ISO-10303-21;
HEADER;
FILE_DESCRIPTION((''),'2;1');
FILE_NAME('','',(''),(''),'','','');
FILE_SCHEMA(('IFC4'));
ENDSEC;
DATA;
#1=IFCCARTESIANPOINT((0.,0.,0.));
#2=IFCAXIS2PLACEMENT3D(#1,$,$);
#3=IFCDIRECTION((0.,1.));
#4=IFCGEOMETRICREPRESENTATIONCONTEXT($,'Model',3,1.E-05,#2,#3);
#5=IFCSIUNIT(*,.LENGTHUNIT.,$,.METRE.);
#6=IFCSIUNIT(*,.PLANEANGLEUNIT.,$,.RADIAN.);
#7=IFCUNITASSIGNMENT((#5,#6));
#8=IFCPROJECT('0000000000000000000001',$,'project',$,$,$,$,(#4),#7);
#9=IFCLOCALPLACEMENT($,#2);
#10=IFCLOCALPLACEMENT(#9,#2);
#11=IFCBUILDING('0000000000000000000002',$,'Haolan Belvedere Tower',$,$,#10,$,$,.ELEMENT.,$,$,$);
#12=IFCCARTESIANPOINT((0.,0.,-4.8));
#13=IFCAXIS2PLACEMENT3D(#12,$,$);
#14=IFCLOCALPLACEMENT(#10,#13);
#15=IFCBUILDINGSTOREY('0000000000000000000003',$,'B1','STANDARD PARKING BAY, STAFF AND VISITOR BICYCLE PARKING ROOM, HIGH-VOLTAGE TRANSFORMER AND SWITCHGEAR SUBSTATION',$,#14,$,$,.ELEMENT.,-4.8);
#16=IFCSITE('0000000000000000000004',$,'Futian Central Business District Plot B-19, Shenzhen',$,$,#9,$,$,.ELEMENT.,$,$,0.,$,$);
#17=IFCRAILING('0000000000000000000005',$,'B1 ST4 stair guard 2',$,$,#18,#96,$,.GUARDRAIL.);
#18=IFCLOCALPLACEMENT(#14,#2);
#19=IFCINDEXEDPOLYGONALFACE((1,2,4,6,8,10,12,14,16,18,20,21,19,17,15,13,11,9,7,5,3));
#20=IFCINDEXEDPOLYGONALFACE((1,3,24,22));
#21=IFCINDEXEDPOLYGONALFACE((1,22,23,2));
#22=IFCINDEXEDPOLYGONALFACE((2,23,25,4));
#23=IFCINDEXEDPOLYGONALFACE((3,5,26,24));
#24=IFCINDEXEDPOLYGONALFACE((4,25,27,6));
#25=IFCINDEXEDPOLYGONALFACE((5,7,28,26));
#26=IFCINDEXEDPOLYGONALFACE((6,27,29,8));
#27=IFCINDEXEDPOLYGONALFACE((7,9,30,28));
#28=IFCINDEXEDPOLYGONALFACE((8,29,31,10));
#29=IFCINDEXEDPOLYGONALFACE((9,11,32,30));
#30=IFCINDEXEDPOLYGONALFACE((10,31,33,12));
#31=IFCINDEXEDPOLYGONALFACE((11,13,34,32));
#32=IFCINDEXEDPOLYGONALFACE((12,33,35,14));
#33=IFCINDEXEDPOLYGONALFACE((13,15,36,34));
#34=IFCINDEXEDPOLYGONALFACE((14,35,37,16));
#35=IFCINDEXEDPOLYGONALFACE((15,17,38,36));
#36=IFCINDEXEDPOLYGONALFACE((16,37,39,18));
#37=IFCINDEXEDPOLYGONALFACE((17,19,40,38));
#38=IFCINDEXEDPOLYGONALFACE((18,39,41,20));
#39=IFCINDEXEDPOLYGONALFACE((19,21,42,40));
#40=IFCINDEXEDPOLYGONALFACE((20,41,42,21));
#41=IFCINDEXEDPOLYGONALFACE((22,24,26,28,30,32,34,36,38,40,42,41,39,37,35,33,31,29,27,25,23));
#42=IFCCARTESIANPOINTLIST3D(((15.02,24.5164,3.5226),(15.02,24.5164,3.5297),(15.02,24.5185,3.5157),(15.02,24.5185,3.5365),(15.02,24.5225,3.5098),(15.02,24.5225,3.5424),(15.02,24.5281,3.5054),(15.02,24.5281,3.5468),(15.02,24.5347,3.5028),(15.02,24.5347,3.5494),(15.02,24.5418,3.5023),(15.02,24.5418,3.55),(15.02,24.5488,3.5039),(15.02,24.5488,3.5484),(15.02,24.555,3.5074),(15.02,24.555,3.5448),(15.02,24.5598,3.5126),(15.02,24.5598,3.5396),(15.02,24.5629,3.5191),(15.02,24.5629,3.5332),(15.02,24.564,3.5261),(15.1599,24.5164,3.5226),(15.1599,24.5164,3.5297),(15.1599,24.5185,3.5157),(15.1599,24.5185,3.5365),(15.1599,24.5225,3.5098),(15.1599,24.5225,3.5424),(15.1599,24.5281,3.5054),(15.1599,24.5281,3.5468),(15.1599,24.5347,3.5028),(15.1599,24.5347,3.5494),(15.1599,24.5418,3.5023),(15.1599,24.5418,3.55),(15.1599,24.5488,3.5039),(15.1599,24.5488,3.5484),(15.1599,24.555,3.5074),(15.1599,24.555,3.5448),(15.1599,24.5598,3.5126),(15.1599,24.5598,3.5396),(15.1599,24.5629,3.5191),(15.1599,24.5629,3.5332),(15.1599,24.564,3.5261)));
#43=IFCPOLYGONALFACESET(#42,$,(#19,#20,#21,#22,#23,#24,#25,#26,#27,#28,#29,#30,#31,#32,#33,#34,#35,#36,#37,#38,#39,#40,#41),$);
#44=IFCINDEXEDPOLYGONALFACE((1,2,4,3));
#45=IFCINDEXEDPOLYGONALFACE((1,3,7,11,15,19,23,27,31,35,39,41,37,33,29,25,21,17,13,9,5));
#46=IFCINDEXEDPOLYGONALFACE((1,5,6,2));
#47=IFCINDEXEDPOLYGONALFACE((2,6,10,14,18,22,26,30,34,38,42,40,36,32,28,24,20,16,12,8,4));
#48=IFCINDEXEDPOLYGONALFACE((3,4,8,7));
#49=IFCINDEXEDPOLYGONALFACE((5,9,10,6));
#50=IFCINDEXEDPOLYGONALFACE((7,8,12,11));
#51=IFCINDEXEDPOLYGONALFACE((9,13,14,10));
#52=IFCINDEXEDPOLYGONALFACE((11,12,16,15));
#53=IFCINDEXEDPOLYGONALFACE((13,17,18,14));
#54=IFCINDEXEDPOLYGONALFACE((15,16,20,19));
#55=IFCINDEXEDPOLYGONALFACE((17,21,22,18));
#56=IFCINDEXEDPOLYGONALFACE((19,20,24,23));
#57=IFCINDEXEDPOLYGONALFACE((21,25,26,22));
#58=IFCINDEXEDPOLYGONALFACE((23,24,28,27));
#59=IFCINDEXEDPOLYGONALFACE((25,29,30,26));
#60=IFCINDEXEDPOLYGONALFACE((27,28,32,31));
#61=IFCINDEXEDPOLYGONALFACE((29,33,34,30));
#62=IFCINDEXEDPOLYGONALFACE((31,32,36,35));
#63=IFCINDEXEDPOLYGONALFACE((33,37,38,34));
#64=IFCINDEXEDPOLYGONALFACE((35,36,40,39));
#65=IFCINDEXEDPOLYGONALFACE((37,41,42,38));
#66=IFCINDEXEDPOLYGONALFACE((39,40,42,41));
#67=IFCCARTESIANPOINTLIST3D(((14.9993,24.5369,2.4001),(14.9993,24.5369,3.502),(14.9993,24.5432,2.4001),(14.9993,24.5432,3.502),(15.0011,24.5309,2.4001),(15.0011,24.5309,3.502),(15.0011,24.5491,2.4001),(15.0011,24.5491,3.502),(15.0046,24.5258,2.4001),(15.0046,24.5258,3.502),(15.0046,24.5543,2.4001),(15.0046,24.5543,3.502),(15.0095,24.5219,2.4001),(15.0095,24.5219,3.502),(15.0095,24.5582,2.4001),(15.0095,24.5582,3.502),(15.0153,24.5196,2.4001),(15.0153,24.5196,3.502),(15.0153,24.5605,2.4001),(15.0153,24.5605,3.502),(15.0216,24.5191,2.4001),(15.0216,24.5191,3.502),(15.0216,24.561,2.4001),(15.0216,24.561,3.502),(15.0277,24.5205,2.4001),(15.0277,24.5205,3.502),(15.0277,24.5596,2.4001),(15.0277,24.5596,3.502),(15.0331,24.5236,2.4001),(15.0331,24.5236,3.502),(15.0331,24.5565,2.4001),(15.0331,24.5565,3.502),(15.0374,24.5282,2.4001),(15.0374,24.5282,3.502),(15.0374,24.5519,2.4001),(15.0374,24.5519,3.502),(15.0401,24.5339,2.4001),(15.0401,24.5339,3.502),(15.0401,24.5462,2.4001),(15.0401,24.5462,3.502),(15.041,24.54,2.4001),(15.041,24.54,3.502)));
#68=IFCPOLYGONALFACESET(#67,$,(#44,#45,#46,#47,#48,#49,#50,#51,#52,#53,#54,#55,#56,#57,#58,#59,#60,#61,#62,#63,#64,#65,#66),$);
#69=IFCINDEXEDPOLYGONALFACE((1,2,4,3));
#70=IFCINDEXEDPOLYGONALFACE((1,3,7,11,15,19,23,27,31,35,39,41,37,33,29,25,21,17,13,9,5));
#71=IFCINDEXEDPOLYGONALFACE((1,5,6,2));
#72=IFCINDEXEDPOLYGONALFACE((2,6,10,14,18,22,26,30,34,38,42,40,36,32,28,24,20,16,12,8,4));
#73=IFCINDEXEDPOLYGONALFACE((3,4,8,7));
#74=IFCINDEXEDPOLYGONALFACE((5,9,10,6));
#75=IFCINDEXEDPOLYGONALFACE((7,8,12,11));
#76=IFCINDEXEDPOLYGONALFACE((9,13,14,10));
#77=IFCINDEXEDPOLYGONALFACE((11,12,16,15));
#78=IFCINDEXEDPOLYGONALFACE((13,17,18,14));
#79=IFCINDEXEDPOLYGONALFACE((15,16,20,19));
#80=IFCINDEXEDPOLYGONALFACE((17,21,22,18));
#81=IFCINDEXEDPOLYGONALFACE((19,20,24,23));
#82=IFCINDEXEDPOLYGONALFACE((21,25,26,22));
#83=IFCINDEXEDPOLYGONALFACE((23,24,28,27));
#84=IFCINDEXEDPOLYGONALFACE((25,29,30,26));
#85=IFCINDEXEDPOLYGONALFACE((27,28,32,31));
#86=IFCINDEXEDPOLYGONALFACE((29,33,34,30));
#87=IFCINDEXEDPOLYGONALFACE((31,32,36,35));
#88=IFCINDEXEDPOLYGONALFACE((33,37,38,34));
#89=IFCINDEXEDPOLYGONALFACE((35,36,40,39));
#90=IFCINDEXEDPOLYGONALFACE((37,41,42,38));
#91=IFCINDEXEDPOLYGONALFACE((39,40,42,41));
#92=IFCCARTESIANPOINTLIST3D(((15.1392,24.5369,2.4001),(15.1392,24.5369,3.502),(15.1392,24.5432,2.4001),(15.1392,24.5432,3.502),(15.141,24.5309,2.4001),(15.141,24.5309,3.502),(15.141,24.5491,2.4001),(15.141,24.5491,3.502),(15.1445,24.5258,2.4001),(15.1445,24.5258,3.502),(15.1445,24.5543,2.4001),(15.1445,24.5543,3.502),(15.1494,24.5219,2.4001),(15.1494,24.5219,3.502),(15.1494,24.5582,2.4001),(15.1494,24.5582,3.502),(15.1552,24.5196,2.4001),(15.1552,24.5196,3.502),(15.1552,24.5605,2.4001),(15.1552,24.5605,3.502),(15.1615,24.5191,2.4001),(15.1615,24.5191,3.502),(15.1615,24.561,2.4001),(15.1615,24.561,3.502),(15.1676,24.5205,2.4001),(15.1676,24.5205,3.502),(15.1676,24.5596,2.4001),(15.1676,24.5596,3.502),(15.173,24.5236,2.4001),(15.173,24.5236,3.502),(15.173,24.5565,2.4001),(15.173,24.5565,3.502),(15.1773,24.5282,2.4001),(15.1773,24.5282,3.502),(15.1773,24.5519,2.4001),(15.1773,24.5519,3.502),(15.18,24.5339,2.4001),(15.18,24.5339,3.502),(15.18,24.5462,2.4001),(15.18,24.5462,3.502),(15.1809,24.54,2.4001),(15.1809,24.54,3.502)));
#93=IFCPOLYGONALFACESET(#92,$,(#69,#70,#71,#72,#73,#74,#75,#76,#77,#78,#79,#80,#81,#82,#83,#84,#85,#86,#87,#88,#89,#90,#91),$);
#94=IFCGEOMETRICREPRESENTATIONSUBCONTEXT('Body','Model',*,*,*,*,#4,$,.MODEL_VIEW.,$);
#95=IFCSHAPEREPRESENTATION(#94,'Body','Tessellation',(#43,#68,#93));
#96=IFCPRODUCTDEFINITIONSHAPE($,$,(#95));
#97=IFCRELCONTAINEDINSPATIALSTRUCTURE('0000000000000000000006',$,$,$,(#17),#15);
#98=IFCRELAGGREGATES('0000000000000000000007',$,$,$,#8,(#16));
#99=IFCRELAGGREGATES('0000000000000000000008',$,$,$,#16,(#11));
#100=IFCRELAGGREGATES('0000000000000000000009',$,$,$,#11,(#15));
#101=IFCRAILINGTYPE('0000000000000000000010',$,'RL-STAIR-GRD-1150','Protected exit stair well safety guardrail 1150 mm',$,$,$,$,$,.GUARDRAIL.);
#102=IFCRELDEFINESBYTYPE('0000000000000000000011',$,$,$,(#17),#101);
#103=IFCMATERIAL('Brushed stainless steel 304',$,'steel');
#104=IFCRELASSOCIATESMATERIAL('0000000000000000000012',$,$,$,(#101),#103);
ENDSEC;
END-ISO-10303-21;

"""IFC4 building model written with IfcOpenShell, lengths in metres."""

from ifc_helpers import new_model, si_unit, direction, frame, origin, origin_2d, place, context, subcontext, project, spatial, circle, extrude, material, type_object, element, save


model = new_model("IFC4")

# Units and contexts
model_context = context("Model", 3, precision=1e-05, world=origin(), true_north=direction((0.0, 1.0)))
body_context = subcontext(model_context, "Body", "Model", "MODEL_VIEW")
ifc_project = project(units=[si_unit("LENGTHUNIT", "METRE"), si_unit("PLANEANGLEUNIT", "RADIAN")], contexts=[model_context])

# Site, building, storey
site_placement = place(None, origin())
site = spatial("IfcSite", under=ifc_project, at=site_placement, Name="Futian Central Business District Plot B-19, Shenzhen", CompositionType="ELEMENT", RefElevation=0.0)
building_placement = place(site_placement, origin())
building = spatial("IfcBuilding", under=site, at=building_placement, Name="Haolan Belvedere Tower", CompositionType="ELEMENT")
storey_placement = place(building_placement, frame((0.0, 0.0, -4.8)))
storey = spatial("IfcBuildingStorey", under=building, at=storey_placement, Name="B1", Description="STANDARD PARKING BAY, STAFF AND VISITOR BICYCLE PARKING ROOM, HIGH-VOLTAGE TRANSFORMER AND SWITCHGEAR SUBSTATION", CompositionType="ELEMENT", Elevation=-4.8)

# Railing
ifc_material_1 = material(Name="Brushed stainless steel 304", Category="steel")
railing_type_1 = type_object("IfcRailingType", Name="RL-STAIR-GRD-1150", Description="Protected exit stair well safety guardrail 1150 mm", PredefinedType="GUARDRAIL", material=ifc_material_1)
railing_1_placement = place(storey_placement, frame((15.02, 24.54, 2.4001)))
element("IfcRailing", 1, at=railing_1_placement, inside=storey, type_object=railing_type_1, Name="B1 ST4 stair guard 2", PredefinedType="GUARDRAIL", context=body_context, shape_type="SweptSolid", body=[
    extrude(circle(Radius=0.0239, at=origin_2d()), frame((0.0, 0.0, 1.126), z_axis=(1.0, 0.0, 0.0), x_axis=(0.0, 1.0, 0.0)), (0.0, 0.0, 1.0), 0.1399),
    extrude(circle(Radius=0.021, at=origin_2d()), origin(), (0.0, 0.0, 1.0), 1.1018),
    extrude(circle(Radius=0.021, at=origin_2d()), frame((0.1399, 0.0, 0.0)), (0.0, 0.0, 1.0), 1.1018),
])

save(model, "model.ifc")
